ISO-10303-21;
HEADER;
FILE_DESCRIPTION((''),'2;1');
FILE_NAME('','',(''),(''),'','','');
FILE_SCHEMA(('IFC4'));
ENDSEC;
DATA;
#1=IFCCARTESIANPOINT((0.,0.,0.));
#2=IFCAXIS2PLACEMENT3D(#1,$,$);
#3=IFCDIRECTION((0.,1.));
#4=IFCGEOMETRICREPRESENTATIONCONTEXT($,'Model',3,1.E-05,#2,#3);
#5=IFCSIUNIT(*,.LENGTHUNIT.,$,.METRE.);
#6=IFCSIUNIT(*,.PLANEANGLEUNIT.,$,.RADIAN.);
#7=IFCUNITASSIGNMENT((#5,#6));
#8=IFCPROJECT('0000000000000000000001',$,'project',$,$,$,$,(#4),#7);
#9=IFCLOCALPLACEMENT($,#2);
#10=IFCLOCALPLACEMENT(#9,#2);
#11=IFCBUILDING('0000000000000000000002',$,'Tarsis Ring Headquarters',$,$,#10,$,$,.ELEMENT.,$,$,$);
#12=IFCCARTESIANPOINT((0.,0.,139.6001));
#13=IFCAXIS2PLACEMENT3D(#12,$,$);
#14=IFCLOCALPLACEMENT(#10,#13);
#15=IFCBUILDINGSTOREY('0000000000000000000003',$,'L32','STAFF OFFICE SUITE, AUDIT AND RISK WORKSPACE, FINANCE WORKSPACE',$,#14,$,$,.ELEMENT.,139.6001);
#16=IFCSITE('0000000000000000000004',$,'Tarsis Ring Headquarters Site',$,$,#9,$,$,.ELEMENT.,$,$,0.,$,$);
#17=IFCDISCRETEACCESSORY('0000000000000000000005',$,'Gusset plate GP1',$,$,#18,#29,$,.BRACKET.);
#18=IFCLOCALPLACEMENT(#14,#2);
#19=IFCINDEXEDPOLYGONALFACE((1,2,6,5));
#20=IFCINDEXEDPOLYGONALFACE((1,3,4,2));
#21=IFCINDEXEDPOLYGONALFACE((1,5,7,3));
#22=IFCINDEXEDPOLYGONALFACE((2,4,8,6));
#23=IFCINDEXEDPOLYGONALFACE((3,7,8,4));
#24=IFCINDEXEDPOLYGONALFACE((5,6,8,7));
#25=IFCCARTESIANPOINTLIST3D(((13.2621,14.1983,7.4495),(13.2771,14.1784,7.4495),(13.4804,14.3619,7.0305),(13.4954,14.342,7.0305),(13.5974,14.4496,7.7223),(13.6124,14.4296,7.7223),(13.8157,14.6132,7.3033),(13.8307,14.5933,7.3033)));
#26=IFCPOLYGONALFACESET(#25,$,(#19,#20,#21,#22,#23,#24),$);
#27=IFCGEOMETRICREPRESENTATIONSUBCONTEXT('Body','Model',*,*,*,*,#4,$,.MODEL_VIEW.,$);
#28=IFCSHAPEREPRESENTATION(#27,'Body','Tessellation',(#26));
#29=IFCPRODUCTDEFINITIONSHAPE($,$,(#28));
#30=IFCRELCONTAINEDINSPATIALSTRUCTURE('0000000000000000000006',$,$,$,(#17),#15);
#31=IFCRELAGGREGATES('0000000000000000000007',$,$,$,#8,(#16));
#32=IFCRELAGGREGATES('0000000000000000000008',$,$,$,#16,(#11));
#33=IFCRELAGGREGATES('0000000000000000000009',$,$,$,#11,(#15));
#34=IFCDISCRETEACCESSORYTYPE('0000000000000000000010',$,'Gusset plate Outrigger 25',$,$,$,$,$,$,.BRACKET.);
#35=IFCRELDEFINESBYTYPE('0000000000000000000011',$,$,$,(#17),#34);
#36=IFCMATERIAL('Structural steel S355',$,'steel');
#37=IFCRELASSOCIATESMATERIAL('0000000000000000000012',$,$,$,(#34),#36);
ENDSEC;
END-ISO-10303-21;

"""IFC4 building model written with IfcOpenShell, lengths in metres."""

from ifc_helpers import new_model, si_unit, direction, frame, origin, origin_2d, place, context, subcontext, project, spatial, rectangle, extrude, material, material_profile, profile_set, type_object, element, save


model = new_model("IFC4")

# Units and contexts
model_context = context("Model", 3, precision=1e-05, world=origin(), true_north=direction((0.0, 1.0)))
body_context = subcontext(model_context, "Body", "Model", "MODEL_VIEW")
ifc_project = project(units=[si_unit("LENGTHUNIT", "METRE"), si_unit("PLANEANGLEUNIT", "RADIAN")], contexts=[model_context])

# Site, building, storey
site_placement = place(None, origin())
site = spatial("IfcSite", under=ifc_project, at=site_placement, Name="Tarsis Ring Headquarters Site", CompositionType="ELEMENT", RefElevation=0.0)
building_placement = place(site_placement, origin())
building = spatial("IfcBuilding", under=site, at=building_placement, Name="Tarsis Ring Headquarters", CompositionType="ELEMENT")
storey_placement = place(building_placement, frame((0.0, 0.0, 139.6001)))
storey = spatial("IfcBuildingStorey", under=building, at=storey_placement, Name="L32", Description="STAFF OFFICE SUITE, AUDIT AND RISK WORKSPACE, FINANCE WORKSPACE", CompositionType="ELEMENT", Elevation=139.6001)

# Shared definitions
ifc_material_1 = material(Name="Structural steel S355", Category="steel")

# Discrete accessory
ifc_material_profile_1 = material_profile(ifc_material_1, rectangle(XDim=0.0249, YDim=0.5, at=origin_2d()), Name="PL 25x500")
ifc_profile_set_1 = profile_set([ifc_material_profile_1], Name="Structural steel S355")
discrete_accessory_type_1 = type_object("IfcDiscreteAccessoryType", Name="Gusset plate Outrigger 25", PredefinedType="BRACKET", material=ifc_profile_set_1)
for number, where, z_axis, x_axis, name in (
    (1, (13.4373, 14.314, 7.5859), (0.436602, 0.327207, -0.838042), (-0.599714, 0.800215, 0.0), "Gusset plate GP1"),
):
    element("IfcDiscreteAccessory", number, at=place(storey_placement, frame(where, z_axis=z_axis, x_axis=x_axis)), inside=storey, type_object=discrete_accessory_type_1, Name=name, PredefinedType="BRACKET", context=body_context, shape_type="SweptSolid", body=[
        extrude(rectangle(XDim=0.0249, YDim=0.5, at=origin_2d()), origin(), (0.0, 0.0, 1.0), 0.5),
    ])

save(model, "model.ifc")
